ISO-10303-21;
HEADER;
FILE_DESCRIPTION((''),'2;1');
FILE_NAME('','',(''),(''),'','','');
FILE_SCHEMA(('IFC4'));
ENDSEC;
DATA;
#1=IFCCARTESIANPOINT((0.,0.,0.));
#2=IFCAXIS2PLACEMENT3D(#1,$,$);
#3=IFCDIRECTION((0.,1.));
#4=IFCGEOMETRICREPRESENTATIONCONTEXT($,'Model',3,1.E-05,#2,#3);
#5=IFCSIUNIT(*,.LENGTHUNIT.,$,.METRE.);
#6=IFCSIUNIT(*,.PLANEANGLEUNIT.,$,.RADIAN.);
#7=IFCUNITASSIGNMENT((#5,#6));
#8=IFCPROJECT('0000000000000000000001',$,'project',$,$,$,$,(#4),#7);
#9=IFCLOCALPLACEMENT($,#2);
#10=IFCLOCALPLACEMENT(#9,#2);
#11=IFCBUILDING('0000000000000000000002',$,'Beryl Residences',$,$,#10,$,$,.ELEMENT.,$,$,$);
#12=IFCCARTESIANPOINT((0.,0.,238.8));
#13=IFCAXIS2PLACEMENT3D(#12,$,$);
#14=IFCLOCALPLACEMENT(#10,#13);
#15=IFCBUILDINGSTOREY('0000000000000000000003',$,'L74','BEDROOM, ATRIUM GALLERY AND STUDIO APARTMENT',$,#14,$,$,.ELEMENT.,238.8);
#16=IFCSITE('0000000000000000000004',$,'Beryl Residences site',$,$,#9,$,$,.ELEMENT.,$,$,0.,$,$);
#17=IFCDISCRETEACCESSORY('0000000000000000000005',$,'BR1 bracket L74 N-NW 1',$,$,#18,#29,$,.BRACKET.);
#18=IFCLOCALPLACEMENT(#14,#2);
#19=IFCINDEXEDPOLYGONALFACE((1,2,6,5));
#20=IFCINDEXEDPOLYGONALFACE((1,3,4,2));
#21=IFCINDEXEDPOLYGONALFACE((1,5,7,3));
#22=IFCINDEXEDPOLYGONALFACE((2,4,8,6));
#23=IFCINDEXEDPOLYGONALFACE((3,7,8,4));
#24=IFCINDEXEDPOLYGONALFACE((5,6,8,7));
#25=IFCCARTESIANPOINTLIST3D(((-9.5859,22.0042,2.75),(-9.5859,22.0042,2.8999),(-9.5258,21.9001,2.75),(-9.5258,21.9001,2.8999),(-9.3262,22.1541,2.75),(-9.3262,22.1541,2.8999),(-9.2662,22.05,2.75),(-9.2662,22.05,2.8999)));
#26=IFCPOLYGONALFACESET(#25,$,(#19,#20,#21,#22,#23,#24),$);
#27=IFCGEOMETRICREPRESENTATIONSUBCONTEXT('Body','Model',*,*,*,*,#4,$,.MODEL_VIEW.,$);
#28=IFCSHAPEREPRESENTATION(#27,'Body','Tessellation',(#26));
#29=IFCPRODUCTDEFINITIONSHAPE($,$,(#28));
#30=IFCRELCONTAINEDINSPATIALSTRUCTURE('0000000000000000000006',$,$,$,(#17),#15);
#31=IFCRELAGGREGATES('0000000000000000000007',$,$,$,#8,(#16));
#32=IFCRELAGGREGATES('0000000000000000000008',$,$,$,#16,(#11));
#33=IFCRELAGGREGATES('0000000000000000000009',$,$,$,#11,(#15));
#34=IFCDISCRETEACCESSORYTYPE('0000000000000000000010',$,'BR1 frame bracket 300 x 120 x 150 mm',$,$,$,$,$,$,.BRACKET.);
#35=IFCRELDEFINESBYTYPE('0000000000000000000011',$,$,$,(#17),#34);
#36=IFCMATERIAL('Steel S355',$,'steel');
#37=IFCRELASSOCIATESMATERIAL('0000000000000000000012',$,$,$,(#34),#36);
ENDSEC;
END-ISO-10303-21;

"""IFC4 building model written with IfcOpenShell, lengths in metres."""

from ifc_helpers import new_model, si_unit, direction, frame, origin, place, context, subcontext, project, spatial, polyline, outline, extrude, source, transform, mapped, material, type_object, type_shapes, element, save


model = new_model("IFC4")

# Units and contexts
model_context = context("Model", 3, precision=1e-05, world=origin(), true_north=direction((0.0, 1.0)))
body_context = subcontext(model_context, "Body", "Model", "MODEL_VIEW")
ifc_project = project(units=[si_unit("LENGTHUNIT", "METRE"), si_unit("PLANEANGLEUNIT", "RADIAN")], contexts=[model_context])

# Site, building, storey
site_placement = place(None, origin())
site = spatial("IfcSite", under=ifc_project, at=site_placement, Name="Beryl Residences site", CompositionType="ELEMENT", RefElevation=0.0)
building_placement = place(site_placement, origin())
building = spatial("IfcBuilding", under=site, at=building_placement, Name="Beryl Residences", CompositionType="ELEMENT")
storey_placement = place(building_placement, frame((0.0, 0.0, 238.8)))
storey = spatial("IfcBuildingStorey", under=building, at=storey_placement, Name="L74", Description="BEDROOM, ATRIUM GALLERY AND STUDIO APARTMENT", CompositionType="ELEMENT", Elevation=238.8)

# Discrete accessory
ifc_material_1 = material(Name="Steel S355", Category="steel")
discrete_accessory_type = type_object("IfcDiscreteAccessoryType", Name="BR1 frame bracket 300 x 120 x 150 mm", PredefinedType="BRACKET", material=ifc_material_1)
shared_shape_1 = source(origin(), body_context, "Body", "SweptSolid", [
    extrude(outline(polyline([(-0.1499, 0.0), (0.1499, 0.0), (0.1499, 0.1201), (-0.1499, 0.1201), (-0.1499, 0.0)])), origin(), (0.0, 0.0, 1.0), 0.1499),
])
type_shapes(discrete_accessory_type, [shared_shape_1])
for number, where, z_axis, x_axis, name in (
    (1, (-9.396, 21.9751, 2.75), (0.0, 0.0, 1.0), (0.866025, 0.5, 0.0), "BR1 bracket L74 N-NW 1"),
):
    element("IfcDiscreteAccessory", number, at=place(storey_placement, frame(where, z_axis=z_axis, x_axis=x_axis)), inside=storey, type_object=discrete_accessory_type, Name=name, PredefinedType="BRACKET", context=body_context, shape_type="MappedRepresentation", body=[
        mapped(shared_shape_1, transform((0.0, 0.0, 0.0))),
    ])

save(model, "model.ifc")
